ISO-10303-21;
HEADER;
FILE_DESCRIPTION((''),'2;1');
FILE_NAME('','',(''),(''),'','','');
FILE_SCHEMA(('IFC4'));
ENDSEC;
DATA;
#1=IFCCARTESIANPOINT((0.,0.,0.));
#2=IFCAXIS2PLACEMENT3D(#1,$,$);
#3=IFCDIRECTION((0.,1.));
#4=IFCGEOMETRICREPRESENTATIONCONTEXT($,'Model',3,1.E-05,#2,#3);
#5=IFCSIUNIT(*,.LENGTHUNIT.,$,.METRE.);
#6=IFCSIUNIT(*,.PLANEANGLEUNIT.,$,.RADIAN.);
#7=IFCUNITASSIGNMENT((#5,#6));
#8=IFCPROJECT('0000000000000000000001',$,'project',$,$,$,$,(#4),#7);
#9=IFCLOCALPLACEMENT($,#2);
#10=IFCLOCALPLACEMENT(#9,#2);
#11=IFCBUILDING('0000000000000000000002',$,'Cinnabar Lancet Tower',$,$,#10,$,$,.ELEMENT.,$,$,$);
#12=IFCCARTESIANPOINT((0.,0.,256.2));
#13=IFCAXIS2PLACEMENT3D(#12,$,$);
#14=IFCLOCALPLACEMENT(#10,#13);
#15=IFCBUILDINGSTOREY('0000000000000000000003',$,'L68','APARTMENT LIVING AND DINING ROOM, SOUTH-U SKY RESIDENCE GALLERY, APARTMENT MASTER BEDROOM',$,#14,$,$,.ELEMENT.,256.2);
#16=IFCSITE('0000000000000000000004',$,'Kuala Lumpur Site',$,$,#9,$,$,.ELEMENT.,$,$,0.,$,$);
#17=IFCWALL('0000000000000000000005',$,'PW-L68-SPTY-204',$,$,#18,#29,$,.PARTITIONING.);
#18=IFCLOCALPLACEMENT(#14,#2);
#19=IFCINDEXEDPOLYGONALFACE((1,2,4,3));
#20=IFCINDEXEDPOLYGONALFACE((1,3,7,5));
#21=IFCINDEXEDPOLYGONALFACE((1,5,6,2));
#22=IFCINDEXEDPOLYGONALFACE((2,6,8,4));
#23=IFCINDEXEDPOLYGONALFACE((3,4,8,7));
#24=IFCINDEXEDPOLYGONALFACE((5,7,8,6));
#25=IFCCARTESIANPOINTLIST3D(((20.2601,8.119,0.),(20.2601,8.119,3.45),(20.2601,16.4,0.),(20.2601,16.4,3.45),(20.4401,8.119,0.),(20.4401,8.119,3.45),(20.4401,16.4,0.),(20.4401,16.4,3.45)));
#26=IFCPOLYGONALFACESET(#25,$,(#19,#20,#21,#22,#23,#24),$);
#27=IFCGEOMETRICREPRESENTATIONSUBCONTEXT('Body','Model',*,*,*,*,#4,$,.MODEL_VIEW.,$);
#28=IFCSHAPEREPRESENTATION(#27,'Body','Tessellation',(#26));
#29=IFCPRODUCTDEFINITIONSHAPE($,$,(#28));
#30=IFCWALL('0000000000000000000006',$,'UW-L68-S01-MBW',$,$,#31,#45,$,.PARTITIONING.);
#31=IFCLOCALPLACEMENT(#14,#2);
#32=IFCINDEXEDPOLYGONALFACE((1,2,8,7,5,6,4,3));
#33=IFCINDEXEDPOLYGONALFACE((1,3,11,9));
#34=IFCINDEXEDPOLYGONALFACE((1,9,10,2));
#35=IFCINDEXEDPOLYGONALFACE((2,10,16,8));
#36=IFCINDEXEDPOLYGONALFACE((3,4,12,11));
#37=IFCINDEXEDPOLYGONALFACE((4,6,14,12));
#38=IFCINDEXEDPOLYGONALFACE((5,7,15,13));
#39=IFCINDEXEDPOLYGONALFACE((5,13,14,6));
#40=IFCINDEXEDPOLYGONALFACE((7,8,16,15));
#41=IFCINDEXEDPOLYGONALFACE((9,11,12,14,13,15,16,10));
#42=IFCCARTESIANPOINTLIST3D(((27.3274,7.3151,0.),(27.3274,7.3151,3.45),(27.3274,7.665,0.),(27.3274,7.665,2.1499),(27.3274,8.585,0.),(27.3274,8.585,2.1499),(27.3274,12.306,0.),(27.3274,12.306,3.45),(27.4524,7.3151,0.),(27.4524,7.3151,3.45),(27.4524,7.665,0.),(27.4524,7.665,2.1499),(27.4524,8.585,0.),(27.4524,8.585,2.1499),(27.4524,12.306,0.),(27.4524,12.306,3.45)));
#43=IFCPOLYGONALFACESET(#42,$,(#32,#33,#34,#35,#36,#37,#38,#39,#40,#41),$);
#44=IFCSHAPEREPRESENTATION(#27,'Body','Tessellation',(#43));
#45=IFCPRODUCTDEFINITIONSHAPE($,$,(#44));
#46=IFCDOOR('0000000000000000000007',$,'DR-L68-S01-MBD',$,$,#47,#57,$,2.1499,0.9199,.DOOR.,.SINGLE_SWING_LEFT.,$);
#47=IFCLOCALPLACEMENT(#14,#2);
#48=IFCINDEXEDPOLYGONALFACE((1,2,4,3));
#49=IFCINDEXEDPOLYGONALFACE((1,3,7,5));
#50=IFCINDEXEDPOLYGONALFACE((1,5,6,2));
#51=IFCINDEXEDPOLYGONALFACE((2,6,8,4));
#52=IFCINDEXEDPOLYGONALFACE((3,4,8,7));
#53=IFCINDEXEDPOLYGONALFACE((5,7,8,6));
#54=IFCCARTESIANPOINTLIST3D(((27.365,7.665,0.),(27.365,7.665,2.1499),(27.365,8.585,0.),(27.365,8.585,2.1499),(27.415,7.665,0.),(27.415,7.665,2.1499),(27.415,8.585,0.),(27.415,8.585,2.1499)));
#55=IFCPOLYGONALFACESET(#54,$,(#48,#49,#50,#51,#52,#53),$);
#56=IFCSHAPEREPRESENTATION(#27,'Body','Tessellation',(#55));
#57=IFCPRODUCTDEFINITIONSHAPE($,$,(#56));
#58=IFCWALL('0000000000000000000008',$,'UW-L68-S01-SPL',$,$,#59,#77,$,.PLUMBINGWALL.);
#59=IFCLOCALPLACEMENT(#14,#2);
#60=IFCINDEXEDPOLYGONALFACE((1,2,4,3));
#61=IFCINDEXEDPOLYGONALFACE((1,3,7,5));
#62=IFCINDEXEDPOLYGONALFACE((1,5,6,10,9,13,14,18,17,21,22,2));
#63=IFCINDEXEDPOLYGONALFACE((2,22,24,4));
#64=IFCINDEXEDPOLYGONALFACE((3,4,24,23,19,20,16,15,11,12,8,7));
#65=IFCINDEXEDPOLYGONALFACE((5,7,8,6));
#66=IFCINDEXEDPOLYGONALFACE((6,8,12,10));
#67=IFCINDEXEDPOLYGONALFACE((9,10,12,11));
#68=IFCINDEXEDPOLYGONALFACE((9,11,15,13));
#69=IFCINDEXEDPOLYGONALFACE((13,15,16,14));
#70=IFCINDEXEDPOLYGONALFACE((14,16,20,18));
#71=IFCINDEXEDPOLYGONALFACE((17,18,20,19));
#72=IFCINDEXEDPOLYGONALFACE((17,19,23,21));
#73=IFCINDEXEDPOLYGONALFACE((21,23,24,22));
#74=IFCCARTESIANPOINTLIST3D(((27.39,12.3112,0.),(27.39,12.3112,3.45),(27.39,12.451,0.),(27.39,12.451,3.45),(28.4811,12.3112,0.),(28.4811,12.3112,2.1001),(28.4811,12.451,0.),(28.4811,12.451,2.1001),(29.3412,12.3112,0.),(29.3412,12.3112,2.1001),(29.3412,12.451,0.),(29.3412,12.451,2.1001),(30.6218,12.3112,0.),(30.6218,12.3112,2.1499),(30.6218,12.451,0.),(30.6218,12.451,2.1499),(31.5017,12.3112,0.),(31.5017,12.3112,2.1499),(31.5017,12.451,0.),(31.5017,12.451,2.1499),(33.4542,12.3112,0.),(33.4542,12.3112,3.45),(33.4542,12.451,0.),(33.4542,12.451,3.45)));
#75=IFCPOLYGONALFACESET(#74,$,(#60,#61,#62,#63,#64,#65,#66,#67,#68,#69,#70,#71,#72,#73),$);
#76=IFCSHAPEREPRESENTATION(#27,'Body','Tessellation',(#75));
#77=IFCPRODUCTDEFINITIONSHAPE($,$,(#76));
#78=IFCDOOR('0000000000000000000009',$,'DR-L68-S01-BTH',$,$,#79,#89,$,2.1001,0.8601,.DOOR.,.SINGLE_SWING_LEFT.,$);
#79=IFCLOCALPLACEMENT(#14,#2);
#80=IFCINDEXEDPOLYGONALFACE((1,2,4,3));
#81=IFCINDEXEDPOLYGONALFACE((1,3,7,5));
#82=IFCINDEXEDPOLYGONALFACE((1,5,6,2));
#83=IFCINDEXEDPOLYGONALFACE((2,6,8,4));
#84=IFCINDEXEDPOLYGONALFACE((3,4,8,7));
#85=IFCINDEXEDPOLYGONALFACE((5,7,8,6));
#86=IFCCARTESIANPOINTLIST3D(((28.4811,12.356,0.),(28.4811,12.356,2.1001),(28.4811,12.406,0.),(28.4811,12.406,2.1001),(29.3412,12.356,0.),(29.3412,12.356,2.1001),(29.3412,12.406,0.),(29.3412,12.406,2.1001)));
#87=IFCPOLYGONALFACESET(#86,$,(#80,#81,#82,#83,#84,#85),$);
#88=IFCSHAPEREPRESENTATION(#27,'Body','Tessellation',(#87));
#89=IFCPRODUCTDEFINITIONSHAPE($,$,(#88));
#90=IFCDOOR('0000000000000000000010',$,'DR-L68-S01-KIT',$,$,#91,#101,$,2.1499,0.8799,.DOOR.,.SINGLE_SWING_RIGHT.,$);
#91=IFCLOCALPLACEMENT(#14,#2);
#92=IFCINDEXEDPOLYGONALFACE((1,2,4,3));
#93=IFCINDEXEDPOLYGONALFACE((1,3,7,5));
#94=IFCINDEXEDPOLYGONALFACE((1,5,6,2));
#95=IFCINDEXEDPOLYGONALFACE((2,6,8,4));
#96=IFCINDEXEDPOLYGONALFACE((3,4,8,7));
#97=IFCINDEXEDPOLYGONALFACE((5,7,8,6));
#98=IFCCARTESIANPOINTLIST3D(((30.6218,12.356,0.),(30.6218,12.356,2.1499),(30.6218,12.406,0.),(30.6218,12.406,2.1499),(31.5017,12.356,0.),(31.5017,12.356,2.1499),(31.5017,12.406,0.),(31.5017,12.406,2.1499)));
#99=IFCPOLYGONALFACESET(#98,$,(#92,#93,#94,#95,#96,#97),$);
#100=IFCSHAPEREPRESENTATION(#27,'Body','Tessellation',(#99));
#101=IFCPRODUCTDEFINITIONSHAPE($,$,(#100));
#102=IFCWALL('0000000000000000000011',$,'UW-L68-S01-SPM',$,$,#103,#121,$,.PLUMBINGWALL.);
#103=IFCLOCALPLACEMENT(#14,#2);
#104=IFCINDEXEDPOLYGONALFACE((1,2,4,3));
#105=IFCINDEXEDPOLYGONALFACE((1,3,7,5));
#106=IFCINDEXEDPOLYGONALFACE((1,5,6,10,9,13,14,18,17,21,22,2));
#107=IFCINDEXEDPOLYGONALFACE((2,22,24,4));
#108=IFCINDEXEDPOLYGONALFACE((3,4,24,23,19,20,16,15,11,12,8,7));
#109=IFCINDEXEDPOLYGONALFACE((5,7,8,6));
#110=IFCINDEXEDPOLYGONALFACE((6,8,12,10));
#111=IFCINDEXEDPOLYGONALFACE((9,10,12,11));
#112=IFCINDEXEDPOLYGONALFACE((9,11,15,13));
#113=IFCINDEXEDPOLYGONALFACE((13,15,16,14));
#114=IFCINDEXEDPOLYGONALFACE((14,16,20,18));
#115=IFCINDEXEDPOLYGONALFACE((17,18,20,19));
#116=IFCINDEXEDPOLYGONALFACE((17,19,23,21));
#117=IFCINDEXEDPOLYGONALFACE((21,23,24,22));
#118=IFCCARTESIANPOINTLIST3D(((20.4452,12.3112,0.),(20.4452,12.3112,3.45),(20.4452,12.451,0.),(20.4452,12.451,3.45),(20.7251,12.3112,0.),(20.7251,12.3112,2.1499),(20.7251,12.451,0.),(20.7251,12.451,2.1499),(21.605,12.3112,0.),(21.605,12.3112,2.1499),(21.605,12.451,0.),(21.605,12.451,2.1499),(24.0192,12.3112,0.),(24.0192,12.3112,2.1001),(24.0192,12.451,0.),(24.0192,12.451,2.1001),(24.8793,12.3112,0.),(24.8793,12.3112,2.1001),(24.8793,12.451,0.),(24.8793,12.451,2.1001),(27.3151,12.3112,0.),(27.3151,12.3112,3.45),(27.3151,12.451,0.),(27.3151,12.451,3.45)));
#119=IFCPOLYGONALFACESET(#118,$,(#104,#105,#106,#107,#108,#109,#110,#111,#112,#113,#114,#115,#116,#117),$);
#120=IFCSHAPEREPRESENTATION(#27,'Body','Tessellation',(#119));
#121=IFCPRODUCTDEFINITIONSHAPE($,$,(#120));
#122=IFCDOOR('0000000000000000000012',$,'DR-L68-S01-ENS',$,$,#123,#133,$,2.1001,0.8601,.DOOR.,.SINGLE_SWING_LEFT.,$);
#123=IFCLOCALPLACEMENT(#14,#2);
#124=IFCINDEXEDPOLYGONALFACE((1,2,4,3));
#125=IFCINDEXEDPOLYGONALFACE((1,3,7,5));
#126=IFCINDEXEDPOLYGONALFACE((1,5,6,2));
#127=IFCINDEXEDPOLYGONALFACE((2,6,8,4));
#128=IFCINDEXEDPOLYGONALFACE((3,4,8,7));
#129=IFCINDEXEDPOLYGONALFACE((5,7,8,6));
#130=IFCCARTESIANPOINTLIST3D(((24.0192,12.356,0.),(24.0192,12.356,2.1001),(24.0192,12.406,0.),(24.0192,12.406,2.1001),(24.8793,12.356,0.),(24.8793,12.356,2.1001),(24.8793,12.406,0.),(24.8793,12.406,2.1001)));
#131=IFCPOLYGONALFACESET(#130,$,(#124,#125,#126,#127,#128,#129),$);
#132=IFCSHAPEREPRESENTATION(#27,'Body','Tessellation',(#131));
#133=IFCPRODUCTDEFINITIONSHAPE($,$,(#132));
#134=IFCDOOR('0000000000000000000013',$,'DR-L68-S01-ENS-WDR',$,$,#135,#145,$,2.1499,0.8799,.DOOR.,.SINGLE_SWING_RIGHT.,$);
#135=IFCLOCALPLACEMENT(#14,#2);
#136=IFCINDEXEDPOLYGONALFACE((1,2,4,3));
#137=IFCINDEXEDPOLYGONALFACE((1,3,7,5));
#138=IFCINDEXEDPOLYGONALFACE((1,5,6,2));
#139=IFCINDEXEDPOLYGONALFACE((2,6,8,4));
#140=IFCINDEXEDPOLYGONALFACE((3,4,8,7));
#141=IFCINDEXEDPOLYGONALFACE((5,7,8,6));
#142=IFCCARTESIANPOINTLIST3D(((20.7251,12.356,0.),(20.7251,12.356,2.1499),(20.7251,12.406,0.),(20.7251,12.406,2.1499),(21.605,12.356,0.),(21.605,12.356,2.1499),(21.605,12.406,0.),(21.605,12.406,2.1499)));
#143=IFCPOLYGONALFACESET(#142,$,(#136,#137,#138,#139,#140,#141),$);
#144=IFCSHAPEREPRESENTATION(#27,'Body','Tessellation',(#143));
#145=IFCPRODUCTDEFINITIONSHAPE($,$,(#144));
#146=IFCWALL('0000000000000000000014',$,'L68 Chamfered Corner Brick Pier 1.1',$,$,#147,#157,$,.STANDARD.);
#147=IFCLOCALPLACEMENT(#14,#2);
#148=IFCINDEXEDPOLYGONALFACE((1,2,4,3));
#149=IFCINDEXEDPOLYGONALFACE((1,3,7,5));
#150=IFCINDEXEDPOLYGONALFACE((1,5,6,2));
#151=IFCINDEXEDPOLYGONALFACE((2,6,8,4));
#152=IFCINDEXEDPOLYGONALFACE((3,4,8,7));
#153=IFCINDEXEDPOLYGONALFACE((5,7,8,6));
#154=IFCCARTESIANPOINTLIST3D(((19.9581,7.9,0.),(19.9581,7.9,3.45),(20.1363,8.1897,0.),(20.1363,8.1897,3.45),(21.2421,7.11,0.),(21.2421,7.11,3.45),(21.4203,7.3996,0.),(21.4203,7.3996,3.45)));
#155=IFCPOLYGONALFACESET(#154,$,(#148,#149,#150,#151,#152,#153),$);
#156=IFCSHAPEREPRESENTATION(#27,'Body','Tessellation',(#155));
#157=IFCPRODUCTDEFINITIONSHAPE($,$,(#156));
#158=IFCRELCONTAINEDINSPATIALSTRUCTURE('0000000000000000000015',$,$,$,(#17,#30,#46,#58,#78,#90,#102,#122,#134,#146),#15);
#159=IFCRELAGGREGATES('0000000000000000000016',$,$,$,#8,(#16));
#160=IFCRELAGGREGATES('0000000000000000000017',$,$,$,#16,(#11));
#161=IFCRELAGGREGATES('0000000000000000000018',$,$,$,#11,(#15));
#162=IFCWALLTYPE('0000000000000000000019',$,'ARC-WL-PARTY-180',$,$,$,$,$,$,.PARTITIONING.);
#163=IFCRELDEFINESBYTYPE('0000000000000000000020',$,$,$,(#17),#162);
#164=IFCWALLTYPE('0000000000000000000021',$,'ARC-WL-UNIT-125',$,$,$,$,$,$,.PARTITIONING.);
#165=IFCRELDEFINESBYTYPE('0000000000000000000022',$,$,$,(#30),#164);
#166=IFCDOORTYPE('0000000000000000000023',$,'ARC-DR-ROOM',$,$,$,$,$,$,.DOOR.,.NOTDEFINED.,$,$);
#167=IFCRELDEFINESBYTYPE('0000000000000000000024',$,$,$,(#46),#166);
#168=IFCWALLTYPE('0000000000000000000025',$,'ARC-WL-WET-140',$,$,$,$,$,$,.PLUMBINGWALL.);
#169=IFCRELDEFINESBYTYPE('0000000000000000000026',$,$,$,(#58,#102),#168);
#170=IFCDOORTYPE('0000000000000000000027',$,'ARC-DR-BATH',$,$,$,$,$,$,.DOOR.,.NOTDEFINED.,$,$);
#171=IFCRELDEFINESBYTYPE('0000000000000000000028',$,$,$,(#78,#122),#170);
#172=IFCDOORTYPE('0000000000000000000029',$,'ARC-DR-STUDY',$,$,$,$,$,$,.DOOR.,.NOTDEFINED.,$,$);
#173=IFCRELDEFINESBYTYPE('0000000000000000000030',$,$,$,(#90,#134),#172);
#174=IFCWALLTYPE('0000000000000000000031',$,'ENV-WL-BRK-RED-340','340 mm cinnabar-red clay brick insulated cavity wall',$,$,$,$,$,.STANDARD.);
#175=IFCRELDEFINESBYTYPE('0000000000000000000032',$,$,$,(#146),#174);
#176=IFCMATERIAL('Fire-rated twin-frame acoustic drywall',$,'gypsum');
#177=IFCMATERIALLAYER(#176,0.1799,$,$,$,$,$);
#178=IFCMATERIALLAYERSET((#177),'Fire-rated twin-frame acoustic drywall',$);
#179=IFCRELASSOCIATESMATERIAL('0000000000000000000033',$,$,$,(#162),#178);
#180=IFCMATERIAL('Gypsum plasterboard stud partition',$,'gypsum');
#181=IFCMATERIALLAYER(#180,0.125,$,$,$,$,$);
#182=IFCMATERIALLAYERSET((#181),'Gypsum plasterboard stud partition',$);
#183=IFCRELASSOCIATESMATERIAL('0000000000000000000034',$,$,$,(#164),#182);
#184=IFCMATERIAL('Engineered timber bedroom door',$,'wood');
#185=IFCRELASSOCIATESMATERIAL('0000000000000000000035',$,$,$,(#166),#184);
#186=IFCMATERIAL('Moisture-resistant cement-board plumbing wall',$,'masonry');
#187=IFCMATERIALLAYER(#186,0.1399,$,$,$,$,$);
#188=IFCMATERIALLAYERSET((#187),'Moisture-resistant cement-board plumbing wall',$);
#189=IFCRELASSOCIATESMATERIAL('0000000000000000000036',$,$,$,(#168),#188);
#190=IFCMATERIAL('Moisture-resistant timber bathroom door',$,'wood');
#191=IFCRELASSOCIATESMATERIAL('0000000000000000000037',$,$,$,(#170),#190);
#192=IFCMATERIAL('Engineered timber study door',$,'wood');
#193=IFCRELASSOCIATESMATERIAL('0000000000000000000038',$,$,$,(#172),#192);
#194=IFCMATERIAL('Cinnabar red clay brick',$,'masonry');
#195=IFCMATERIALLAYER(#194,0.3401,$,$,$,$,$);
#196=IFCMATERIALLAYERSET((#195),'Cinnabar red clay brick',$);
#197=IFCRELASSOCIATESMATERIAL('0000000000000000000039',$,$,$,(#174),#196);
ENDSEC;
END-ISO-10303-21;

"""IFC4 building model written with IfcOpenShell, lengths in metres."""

from ifc_helpers import new_model, si_unit, direction, frame, frame_2d, origin, place, context, subcontext, project, spatial, rectangle, extrude, material, layer, layer_set, type_object, element, fill, save


model = new_model("IFC4")

# Units and contexts
model_context = context("Model", 3, precision=1e-05, world=origin(), true_north=direction((0.0, 1.0)))
body_context = subcontext(model_context, "Body", "Model", "MODEL_VIEW")
ifc_project = project(units=[si_unit("LENGTHUNIT", "METRE"), si_unit("PLANEANGLEUNIT", "RADIAN")], contexts=[model_context])

# Site, building, storey
site_placement = place(None, origin())
site = spatial("IfcSite", under=ifc_project, at=site_placement, Name="Kuala Lumpur Site", CompositionType="ELEMENT", RefElevation=0.0)
building_placement = place(site_placement, origin())
building = spatial("IfcBuilding", under=site, at=building_placement, Name="Cinnabar Lancet Tower", CompositionType="ELEMENT")
storey_placement = place(building_placement, frame((0.0, 0.0, 256.2)))
storey = spatial("IfcBuildingStorey", under=building, at=storey_placement, Name="L68", Description="APARTMENT LIVING AND DINING ROOM, SOUTH-U SKY RESIDENCE GALLERY, APARTMENT MASTER BEDROOM", CompositionType="ELEMENT", Elevation=256.2)

# Wall
ifc_material_1 = material(Name="Fire-rated twin-frame acoustic drywall", Category="gypsum")
ifc_layer_1 = layer(ifc_material_1, 0.1799)
ifc_layer_set_1 = layer_set([ifc_layer_1], Name="Fire-rated twin-frame acoustic drywall")
wall_type_1 = type_object("IfcWallType", Name="ARC-WL-PARTY-180", PredefinedType="PARTITIONING", material=ifc_layer_set_1)
wall_1_placement = place(storey_placement, frame((20.3501, 8.1189, 0.0), z_axis=(0.0, 0.0, 1.0), x_axis=(0.0, 1.0, 0.0)))
element("IfcWall", 1, at=wall_1_placement, inside=storey, type_object=wall_type_1, Name="PW-L68-SPTY-204", PredefinedType="PARTITIONING", context=body_context, shape_type="SweptSolid", body=[
    extrude(rectangle(XDim=8.281, YDim=0.1799, at=frame_2d((4.1406, 0.0))), origin(), (0.0, 0.0, 1.0), 3.45),
])

# Wall, opening, door
ifc_material_2 = material(Name="Gypsum plasterboard stud partition", Category="gypsum")
ifc_layer_2 = layer(ifc_material_2, 0.125)
ifc_layer_set_2 = layer_set([ifc_layer_2], Name="Gypsum plasterboard stud partition")
wall_type_2 = type_object("IfcWallType", Name="ARC-WL-UNIT-125", PredefinedType="PARTITIONING", material=ifc_layer_set_2)
wall_2_placement = place(storey_placement, frame((27.3899, 7.3149, 0.0), z_axis=(0.0, 0.0, 1.0), x_axis=(0.0, 1.0, 0.0)))
wall_2 = element("IfcWall", 2, at=wall_2_placement, inside=storey, type_object=wall_type_2, Name="UW-L68-S01-MBW", PredefinedType="PARTITIONING", context=body_context, shape_type="SweptSolid", body=[
    extrude(rectangle(XDim=4.991, YDim=0.125, at=frame_2d((2.4956, 0.0))), origin(), (0.0, 0.0, 1.0), 3.45),
])
opening_1_placement = place(wall_2_placement, frame((0.3501, 0.0, 0.0)))
opening_1 = element("IfcOpeningElement", 3, at=opening_1_placement, cuts=wall_2, PredefinedType="OPENING", context=body_context, shape_type="SweptSolid", body=[
    extrude(rectangle(XDim=0.9199, YDim=2.1499, at=frame_2d((0.46, 1.075))), frame((0.0, 0.0725, 0.0), z_axis=(0.0, -1.0, 0.0), x_axis=(1.0, 0.0, 0.0)), (0.0, 0.0, 1.0), 0.145),
])
ifc_material_3 = material(Name="Engineered timber bedroom door", Category="wood")
door_type_1 = type_object("IfcDoorType", Name="ARC-DR-ROOM", OperationType="NOTDEFINED", PredefinedType="DOOR", material=ifc_material_3)
door_1_placement = place(opening_1_placement, origin())
door_1 = element("IfcDoor", 4, at=door_1_placement, inside=storey, type_object=door_type_1, Name="DR-L68-S01-MBD", OperationType="SINGLE_SWING_LEFT", OverallHeight=2.1499, OverallWidth=0.9199, PredefinedType="DOOR", context=body_context, shape_type="SweptSolid", body=[
    extrude(rectangle(XDim=0.9199, YDim=2.1499, at=frame_2d((0.46, 1.075))), frame((0.0, 0.0249, 0.0), z_axis=(0.0, -1.0, 0.0), x_axis=(1.0, 0.0, 0.0)), (0.0, 0.0, 1.0), 0.05),
])
fill(opening_1, door_1)

# Walls, openings, doors
ifc_material_4 = material(Name="Moisture-resistant cement-board plumbing wall", Category="masonry")
ifc_layer_3 = layer(ifc_material_4, 0.1399)
ifc_layer_set_3 = layer_set([ifc_layer_3], Name="Moisture-resistant cement-board plumbing wall")
wall_type_3 = type_object("IfcWallType", Name="ARC-WL-WET-140", PredefinedType="PLUMBINGWALL", material=ifc_layer_set_3)
wall_3_placement = place(storey_placement, frame((27.3899, 12.3811, 0.0), z_axis=(0.0, 0.0, 1.0), x_axis=(1.0, 0.0, 0.0)))
wall_3 = element("IfcWall", 5, at=wall_3_placement, inside=storey, type_object=wall_type_3, Name="UW-L68-S01-SPL", PredefinedType="PLUMBINGWALL", context=body_context, shape_type="SweptSolid", body=[
    extrude(rectangle(XDim=6.0642, YDim=0.1399, at=frame_2d((3.0322, 0.0))), origin(), (0.0, 0.0, 1.0), 3.45),
])
opening_2_placement = place(wall_3_placement, frame((1.0911, 0.0, 0.0)))
opening_2 = element("IfcOpeningElement", 6, at=opening_2_placement, cuts=wall_3, PredefinedType="OPENING", context=body_context, shape_type="SweptSolid", body=[
    extrude(rectangle(XDim=0.8601, YDim=2.1001, at=frame_2d((0.4302, 1.05))), frame((0.0, 0.0798, 0.0), z_axis=(0.0, -1.0, 0.0), x_axis=(1.0, 0.0, 0.0)), (0.0, 0.0, 1.0), 0.1599),
])
opening_3_placement = place(wall_3_placement, frame((3.2319, 0.0, 0.0)))
opening_3 = element("IfcOpeningElement", 7, at=opening_3_placement, cuts=wall_3, PredefinedType="OPENING", context=body_context, shape_type="SweptSolid", body=[
    extrude(rectangle(XDim=0.8799, YDim=2.1499, at=frame_2d((0.4399, 1.075))), frame((0.0, 0.0798, 0.0), z_axis=(0.0, -1.0, 0.0), x_axis=(1.0, 0.0, 0.0)), (0.0, 0.0, 1.0), 0.1599),
])
ifc_material_5 = material(Name="Moisture-resistant timber bathroom door", Category="wood")
door_type_2 = type_object("IfcDoorType", Name="ARC-DR-BATH", OperationType="NOTDEFINED", PredefinedType="DOOR", material=ifc_material_5)
door_2_placement = place(opening_2_placement, origin())
door_2 = element("IfcDoor", 8, at=door_2_placement, inside=storey, type_object=door_type_2, Name="DR-L68-S01-BTH", OperationType="SINGLE_SWING_LEFT", OverallHeight=2.1001, OverallWidth=0.8601, PredefinedType="DOOR", context=body_context, shape_type="SweptSolid", body=[
    extrude(rectangle(XDim=0.8601, YDim=2.1001, at=frame_2d((0.4302, 1.05))), frame((0.0, 0.0249, 0.0), z_axis=(0.0, -1.0, 0.0), x_axis=(1.0, 0.0, 0.0)), (0.0, 0.0, 1.0), 0.05),
])
fill(opening_2, door_2)
ifc_material_6 = material(Name="Engineered timber study door", Category="wood")
door_type_3 = type_object("IfcDoorType", Name="ARC-DR-STUDY", OperationType="NOTDEFINED", PredefinedType="DOOR", material=ifc_material_6)
door_3_placement = place(opening_3_placement, origin())
door_3 = element("IfcDoor", 9, at=door_3_placement, inside=storey, type_object=door_type_3, Name="DR-L68-S01-KIT", OperationType="SINGLE_SWING_RIGHT", OverallHeight=2.1499, OverallWidth=0.8799, PredefinedType="DOOR", context=body_context, shape_type="SweptSolid", body=[
    extrude(rectangle(XDim=0.8799, YDim=2.1499, at=frame_2d((0.4399, 1.075))), frame((0.0, 0.0249, 0.0), z_axis=(0.0, -1.0, 0.0), x_axis=(1.0, 0.0, 0.0)), (0.0, 0.0, 1.0), 0.05),
])
fill(opening_3, door_3)
wall_4_placement = place(storey_placement, frame((20.4451, 12.3811, 0.0), z_axis=(0.0, 0.0, 1.0), x_axis=(1.0, 0.0, 0.0)))
wall_4 = element("IfcWall", 10, at=wall_4_placement, inside=storey, type_object=wall_type_3, Name="UW-L68-S01-SPM", PredefinedType="PLUMBINGWALL", context=body_context, shape_type="SweptSolid", body=[
    extrude(rectangle(XDim=6.8699, YDim=0.1399, at=frame_2d((3.4351, 0.0))), origin(), (0.0, 0.0, 1.0), 3.45),
])
opening_4_placement = place(wall_4_placement, frame((0.28, 0.0, 0.0)))
opening_4 = element("IfcOpeningElement", 11, at=opening_4_placement, cuts=wall_4, PredefinedType="OPENING", context=body_context, shape_type="SweptSolid", body=[
    extrude(rectangle(XDim=0.8799, YDim=2.1499, at=frame_2d((0.4399, 1.075))), frame((0.0, 0.0798, 0.0), z_axis=(0.0, -1.0, 0.0), x_axis=(1.0, 0.0, 0.0)), (0.0, 0.0, 1.0), 0.1599),
])
opening_5_placement = place(wall_4_placement, frame((3.574, 0.0, 0.0)))
opening_5 = element("IfcOpeningElement", 12, at=opening_5_placement, cuts=wall_4, PredefinedType="OPENING", context=body_context, shape_type="SweptSolid", body=[
    extrude(rectangle(XDim=0.8601, YDim=2.1001, at=frame_2d((0.4302, 1.05))), frame((0.0, 0.0798, 0.0), z_axis=(0.0, -1.0, 0.0), x_axis=(1.0, 0.0, 0.0)), (0.0, 0.0, 1.0), 0.1599),
])
door_4_placement = place(opening_5_placement, origin())
door_4 = element("IfcDoor", 13, at=door_4_placement, inside=storey, type_object=door_type_2, Name="DR-L68-S01-ENS", OperationType="SINGLE_SWING_LEFT", OverallHeight=2.1001, OverallWidth=0.8601, PredefinedType="DOOR", context=body_context, shape_type="SweptSolid", body=[
    extrude(rectangle(XDim=0.8601, YDim=2.1001, at=frame_2d((0.4302, 1.05))), frame((0.0, 0.0249, 0.0), z_axis=(0.0, -1.0, 0.0), x_axis=(1.0, 0.0, 0.0)), (0.0, 0.0, 1.0), 0.05),
])
fill(opening_5, door_4)
door_5_placement = place(opening_4_placement, origin())
door_5 = element("IfcDoor", 14, at=door_5_placement, inside=storey, type_object=door_type_3, Name="DR-L68-S01-ENS-WDR", OperationType="SINGLE_SWING_RIGHT", OverallHeight=2.1499, OverallWidth=0.8799, PredefinedType="DOOR", context=body_context, shape_type="SweptSolid", body=[
    extrude(rectangle(XDim=0.8799, YDim=2.1499, at=frame_2d((0.4399, 1.075))), frame((0.0, 0.0249, 0.0), z_axis=(0.0, -1.0, 0.0), x_axis=(1.0, 0.0, 0.0)), (0.0, 0.0, 1.0), 0.05),
])
fill(opening_4, door_5)

# Wall
ifc_material_7 = material(Name="Cinnabar red clay brick", Category="masonry")
ifc_layer_4 = layer(ifc_material_7, 0.3401)
ifc_layer_set_4 = layer_set([ifc_layer_4], Name="Cinnabar red clay brick")
wall_type_4 = type_object("IfcWallType", Name="ENV-WL-BRK-RED-340", Description="340 mm cinnabar-red clay brick insulated cavity wall", PredefinedType="STANDARD", material=ifc_layer_set_4)
wall_5_placement = place(storey_placement, frame((20.0471, 8.0449, 0.0), z_axis=(0.0, 0.0, 1.0), x_axis=(0.851681, -0.524061, 0.0)))
element("IfcWall", 15, at=wall_5_placement, inside=storey, type_object=wall_type_4, Name="L68 Chamfered Corner Brick Pier 1.1", PredefinedType="STANDARD", context=body_context, shape_type="SweptSolid", body=[
    extrude(rectangle(XDim=1.5076, YDim=0.3401, at=frame_2d((0.7539, 0.0))), origin(), (0.0, 0.0, 1.0), 3.45),
])

save(model, "model.ifc")
